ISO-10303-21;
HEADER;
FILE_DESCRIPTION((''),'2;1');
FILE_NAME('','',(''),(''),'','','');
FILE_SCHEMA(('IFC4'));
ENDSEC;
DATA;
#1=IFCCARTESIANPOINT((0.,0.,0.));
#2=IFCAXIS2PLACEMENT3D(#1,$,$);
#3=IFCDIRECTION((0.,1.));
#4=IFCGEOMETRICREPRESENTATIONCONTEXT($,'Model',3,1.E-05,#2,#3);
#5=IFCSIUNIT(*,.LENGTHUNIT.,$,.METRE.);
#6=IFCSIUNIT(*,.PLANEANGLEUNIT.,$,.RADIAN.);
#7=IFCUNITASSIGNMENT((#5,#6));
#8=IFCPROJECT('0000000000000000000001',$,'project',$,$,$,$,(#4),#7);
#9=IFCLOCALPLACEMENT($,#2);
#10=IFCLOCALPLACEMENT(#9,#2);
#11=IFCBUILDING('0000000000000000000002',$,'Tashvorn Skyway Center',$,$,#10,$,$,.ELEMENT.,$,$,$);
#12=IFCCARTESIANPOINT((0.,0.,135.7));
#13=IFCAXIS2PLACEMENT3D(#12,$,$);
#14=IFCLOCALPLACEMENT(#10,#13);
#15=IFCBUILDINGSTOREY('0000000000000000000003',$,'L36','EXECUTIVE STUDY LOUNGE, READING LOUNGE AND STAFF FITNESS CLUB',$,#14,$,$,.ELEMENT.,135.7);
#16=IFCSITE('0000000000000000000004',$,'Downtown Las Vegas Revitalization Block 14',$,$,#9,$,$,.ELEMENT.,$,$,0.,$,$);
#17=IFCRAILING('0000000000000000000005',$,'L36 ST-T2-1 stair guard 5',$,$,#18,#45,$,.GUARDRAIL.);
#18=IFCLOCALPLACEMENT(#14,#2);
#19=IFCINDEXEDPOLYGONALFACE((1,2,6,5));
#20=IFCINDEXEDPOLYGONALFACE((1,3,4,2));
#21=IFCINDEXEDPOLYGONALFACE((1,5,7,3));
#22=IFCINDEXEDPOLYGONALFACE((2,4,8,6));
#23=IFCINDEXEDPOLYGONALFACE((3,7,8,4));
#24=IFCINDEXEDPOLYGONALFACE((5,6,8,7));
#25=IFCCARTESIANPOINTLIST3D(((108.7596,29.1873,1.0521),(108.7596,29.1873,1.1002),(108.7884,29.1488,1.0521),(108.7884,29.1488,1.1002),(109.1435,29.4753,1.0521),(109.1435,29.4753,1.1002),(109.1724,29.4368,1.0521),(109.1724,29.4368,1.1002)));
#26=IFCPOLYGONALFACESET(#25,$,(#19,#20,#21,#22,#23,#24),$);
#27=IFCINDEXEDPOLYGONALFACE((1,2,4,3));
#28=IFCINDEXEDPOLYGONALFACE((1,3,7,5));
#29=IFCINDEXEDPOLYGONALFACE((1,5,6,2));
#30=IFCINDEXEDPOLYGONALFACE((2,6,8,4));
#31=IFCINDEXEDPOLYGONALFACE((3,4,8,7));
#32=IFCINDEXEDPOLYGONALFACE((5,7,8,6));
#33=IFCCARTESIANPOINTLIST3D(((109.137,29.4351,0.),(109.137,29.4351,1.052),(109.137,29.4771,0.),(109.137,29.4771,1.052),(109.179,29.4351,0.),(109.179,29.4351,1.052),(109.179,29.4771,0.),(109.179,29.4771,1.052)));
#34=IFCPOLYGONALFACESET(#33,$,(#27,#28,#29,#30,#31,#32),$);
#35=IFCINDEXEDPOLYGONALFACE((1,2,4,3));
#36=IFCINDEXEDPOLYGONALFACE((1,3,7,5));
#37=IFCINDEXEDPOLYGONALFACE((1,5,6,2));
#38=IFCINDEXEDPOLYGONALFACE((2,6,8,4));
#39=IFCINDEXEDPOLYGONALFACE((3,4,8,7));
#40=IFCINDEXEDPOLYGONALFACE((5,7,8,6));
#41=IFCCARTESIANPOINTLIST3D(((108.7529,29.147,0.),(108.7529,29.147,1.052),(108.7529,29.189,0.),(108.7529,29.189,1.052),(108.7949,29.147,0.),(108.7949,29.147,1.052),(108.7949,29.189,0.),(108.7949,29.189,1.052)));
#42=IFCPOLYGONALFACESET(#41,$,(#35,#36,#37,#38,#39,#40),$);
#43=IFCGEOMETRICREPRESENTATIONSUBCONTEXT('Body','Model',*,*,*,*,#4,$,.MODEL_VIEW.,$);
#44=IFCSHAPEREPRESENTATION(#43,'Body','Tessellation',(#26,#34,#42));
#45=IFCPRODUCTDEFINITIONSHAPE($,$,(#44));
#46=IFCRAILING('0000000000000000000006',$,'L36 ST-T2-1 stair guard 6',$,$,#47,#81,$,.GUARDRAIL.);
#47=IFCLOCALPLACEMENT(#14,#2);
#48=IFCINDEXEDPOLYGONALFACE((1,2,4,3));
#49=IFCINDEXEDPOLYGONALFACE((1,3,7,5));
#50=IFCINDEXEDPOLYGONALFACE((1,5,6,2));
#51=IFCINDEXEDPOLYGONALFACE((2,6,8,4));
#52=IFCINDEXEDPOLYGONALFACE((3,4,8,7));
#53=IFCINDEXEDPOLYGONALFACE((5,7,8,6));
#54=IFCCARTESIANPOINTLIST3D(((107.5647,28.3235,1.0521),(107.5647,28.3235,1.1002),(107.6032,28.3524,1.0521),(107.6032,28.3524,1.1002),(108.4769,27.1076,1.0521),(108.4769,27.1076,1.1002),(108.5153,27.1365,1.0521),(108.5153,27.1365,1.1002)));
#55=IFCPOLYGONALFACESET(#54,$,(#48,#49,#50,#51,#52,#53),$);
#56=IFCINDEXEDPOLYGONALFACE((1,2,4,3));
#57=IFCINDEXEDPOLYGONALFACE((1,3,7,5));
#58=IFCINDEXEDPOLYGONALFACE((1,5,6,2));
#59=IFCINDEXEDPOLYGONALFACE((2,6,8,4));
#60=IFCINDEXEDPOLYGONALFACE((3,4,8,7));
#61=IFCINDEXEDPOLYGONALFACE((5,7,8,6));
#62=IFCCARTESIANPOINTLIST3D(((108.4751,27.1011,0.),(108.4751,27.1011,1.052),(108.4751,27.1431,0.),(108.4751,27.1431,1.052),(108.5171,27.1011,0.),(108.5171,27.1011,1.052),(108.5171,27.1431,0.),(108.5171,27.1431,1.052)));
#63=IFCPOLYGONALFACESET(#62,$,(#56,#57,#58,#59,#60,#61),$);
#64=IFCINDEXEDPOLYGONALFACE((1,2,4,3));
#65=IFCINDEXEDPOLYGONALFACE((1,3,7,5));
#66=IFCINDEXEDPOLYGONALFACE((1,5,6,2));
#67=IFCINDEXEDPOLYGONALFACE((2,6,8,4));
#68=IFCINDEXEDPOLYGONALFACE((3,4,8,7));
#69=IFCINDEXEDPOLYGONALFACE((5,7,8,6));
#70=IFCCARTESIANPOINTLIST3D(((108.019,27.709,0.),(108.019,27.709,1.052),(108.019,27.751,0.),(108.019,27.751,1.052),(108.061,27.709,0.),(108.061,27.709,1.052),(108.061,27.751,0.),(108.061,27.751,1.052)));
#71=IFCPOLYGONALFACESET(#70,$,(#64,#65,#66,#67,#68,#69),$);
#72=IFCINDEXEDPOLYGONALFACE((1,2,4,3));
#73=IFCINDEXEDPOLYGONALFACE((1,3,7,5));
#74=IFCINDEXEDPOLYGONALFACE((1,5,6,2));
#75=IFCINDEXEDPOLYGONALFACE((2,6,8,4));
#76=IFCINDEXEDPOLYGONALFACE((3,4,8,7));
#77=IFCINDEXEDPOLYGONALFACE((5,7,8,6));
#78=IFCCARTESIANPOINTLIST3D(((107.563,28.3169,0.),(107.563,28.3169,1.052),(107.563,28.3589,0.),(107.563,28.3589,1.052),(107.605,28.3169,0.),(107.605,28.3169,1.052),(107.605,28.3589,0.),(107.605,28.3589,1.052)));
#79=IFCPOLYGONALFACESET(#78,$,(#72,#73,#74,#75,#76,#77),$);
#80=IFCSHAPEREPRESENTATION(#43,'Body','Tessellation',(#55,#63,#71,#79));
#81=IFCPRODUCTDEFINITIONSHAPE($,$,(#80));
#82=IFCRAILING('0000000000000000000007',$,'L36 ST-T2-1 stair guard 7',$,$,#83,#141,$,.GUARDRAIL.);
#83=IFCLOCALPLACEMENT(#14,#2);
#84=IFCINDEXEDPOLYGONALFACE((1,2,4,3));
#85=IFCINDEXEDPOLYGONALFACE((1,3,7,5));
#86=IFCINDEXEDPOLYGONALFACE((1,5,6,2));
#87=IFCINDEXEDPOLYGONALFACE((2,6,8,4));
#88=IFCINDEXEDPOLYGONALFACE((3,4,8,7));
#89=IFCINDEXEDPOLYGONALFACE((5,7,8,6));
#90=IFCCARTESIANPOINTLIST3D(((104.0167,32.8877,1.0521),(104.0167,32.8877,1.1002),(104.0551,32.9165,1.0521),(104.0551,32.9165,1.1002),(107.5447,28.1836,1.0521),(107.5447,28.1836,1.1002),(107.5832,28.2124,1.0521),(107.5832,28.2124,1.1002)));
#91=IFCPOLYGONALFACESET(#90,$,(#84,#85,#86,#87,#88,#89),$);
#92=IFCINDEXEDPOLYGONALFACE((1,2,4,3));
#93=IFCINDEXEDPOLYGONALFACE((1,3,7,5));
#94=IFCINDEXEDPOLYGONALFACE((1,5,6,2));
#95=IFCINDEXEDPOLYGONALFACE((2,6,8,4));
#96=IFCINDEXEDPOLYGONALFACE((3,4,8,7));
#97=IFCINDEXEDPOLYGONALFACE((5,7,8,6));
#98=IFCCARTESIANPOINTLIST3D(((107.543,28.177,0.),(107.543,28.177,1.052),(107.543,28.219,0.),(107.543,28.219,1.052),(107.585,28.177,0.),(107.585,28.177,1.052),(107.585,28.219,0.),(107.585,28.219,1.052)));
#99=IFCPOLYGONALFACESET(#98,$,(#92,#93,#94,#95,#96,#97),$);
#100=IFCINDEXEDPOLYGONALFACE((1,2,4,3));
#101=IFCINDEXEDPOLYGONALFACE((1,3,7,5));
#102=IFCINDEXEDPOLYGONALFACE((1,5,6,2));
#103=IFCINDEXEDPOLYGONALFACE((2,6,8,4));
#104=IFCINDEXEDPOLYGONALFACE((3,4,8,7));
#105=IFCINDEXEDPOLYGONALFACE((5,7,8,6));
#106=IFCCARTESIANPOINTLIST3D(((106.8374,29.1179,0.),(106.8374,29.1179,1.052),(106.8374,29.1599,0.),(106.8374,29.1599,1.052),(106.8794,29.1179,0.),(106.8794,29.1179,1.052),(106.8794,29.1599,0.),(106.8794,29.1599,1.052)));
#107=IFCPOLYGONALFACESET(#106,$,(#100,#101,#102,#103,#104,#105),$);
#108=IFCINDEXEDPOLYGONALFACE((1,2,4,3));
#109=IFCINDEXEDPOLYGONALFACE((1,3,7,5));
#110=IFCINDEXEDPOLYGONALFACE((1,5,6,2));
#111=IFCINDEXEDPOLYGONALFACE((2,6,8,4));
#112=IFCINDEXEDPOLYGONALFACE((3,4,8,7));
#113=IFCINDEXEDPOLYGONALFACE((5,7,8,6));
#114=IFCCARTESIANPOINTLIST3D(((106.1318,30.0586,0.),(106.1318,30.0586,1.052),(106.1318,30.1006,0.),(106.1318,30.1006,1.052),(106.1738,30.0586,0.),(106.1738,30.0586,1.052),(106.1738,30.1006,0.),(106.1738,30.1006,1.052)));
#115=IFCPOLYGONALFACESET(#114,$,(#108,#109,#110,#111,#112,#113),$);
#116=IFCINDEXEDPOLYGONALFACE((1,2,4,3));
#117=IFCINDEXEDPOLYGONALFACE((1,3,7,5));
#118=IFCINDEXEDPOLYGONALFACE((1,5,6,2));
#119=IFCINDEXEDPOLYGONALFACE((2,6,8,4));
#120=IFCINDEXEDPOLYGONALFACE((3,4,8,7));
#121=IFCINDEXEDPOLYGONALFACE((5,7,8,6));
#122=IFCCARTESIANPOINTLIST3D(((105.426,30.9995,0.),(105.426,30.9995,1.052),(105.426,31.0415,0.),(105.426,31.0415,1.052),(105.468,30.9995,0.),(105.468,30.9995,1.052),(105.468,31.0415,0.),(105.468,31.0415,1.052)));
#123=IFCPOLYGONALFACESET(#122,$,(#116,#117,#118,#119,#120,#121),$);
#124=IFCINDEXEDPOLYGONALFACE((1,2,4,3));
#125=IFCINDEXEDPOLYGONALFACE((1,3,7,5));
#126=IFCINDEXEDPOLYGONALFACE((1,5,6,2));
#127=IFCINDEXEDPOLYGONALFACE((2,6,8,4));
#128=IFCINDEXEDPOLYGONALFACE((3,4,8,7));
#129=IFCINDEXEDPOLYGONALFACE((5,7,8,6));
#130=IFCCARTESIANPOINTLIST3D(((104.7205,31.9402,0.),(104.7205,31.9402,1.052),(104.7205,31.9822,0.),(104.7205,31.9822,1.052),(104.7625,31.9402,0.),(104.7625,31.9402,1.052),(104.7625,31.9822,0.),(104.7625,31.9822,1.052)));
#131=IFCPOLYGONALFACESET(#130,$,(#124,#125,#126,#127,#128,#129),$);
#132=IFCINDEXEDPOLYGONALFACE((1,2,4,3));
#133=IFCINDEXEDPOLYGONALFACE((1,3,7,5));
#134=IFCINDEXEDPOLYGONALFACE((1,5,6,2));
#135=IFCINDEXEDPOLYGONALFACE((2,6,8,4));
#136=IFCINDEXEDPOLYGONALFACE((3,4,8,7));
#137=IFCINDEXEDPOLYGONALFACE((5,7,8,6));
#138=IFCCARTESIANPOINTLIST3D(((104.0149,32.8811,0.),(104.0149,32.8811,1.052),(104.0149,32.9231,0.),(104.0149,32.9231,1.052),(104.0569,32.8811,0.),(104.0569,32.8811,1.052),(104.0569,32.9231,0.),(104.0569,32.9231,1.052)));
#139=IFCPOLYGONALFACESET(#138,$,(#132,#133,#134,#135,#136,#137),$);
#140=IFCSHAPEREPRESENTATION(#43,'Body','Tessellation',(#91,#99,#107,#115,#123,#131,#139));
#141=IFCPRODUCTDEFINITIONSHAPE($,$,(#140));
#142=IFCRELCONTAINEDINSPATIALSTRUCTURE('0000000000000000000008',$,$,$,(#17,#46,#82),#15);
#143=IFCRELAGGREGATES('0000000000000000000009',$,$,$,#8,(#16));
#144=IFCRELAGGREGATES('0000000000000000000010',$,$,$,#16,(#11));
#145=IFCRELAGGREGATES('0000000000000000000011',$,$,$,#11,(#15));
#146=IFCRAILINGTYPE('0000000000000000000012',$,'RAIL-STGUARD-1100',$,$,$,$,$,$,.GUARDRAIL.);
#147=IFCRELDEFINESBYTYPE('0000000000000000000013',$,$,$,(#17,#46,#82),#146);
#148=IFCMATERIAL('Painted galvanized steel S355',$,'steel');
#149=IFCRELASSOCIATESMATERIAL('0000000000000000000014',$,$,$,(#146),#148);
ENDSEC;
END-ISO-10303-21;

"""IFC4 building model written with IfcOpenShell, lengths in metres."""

from ifc_helpers import new_model, si_unit, direction, frame, origin, origin_2d, place, context, subcontext, project, spatial, rectangle, extrude, material, type_object, element, save


model = new_model("IFC4")

# Units and contexts
model_context = context("Model", 3, precision=1e-05, world=origin(), true_north=direction((0.0, 1.0)))
body_context = subcontext(model_context, "Body", "Model", "MODEL_VIEW")
ifc_project = project(units=[si_unit("LENGTHUNIT", "METRE"), si_unit("PLANEANGLEUNIT", "RADIAN")], contexts=[model_context])

# Site, building, storey
site_placement = place(None, origin())
site = spatial("IfcSite", under=ifc_project, at=site_placement, Name="Downtown Las Vegas Revitalization Block 14", CompositionType="ELEMENT", RefElevation=0.0)
building_placement = place(site_placement, origin())
building = spatial("IfcBuilding", under=site, at=building_placement, Name="Tashvorn Skyway Center", CompositionType="ELEMENT")
storey_placement = place(building_placement, frame((0.0, 0.0, 135.7)))
storey = spatial("IfcBuildingStorey", under=building, at=storey_placement, Name="L36", Description="EXECUTIVE STUDY LOUNGE, READING LOUNGE AND STAFF FITNESS CLUB", CompositionType="ELEMENT", Elevation=135.7)

# Railings
ifc_material_1 = material(Name="Painted galvanized steel S355", Category="steel")
railing_type = type_object("IfcRailingType", Name="RAIL-STGUARD-1100", PredefinedType="GUARDRAIL", material=ifc_material_1)
railing_1_placement = place(storey_placement, frame((109.158, 29.4561, 0.0)))
element("IfcRailing", 1, at=railing_1_placement, inside=storey, type_object=railing_type, Name="L36 ST-T2-1 stair guard 5", PredefinedType="GUARDRAIL", context=body_context, shape_type="SweptSolid", body=[
    extrude(rectangle(XDim=0.0481, YDim=0.0481, at=origin_2d()), frame((0.0, 0.0, 1.0762), z_axis=(-0.799939, -0.600081, 0.0), x_axis=(0.600081, -0.799939, 0.0)), (0.0, 0.0, 1.0), 0.48),
    extrude(rectangle(XDim=0.042, YDim=0.042, at=origin_2d()), origin(), (0.0, 0.0, 1.0), 1.052),
    extrude(rectangle(XDim=0.042, YDim=0.042, at=origin_2d()), frame((-0.384, -0.2881, 0.0)), (0.0, 0.0, 1.0), 1.052),
])
railing_2_placement = place(storey_placement, frame((108.4961, 27.1221, 0.0)))
element("IfcRailing", 2, at=railing_2_placement, inside=storey, type_object=railing_type, Name="L36 ST-T2-1 stair guard 6", PredefinedType="GUARDRAIL", context=body_context, shape_type="SweptSolid", body=[
    extrude(rectangle(XDim=0.0481, YDim=0.0481, at=origin_2d()), frame((0.0, 0.0, 1.0762), z_axis=(-0.600103, 0.799923, 0.0), x_axis=(-0.799923, -0.600103, 0.0)), (0.0, 0.0, 1.0), 1.52),
    extrude(rectangle(XDim=0.042, YDim=0.042, at=origin_2d()), origin(), (0.0, 0.0, 1.0), 1.052),
    extrude(rectangle(XDim=0.042, YDim=0.042, at=origin_2d()), frame((-0.4561, 0.6079, 0.0)), (0.0, 0.0, 1.0), 1.052),
    extrude(rectangle(XDim=0.042, YDim=0.042, at=origin_2d()), frame((-0.9121, 1.2158, 0.0)), (0.0, 0.0, 1.0), 1.052),
])
railing_3_placement = place(storey_placement, frame((107.564, 28.198, 0.0)))
element("IfcRailing", 3, at=railing_3_placement, inside=storey, type_object=railing_type, Name="L36 ST-T2-1 stair guard 7", PredefinedType="GUARDRAIL", context=body_context, shape_type="SweptSolid", body=[
    extrude(rectangle(XDim=0.0481, YDim=0.0481, at=origin_2d()), frame((0.0, 0.0, 1.0762), z_axis=(-0.6, 0.8, 0.0), x_axis=(-0.8, -0.6, 0.0)), (0.0, 0.0, 1.0), 5.8801),
    extrude(rectangle(XDim=0.042, YDim=0.042, at=origin_2d()), origin(), (0.0, 0.0, 1.0), 1.052),
    extrude(rectangle(XDim=0.042, YDim=0.042, at=origin_2d()), frame((-0.7056, 0.9409, 0.0)), (0.0, 0.0, 1.0), 1.052),
    extrude(rectangle(XDim=0.042, YDim=0.042, at=origin_2d()), frame((-1.4111, 1.8816, 0.0)), (0.0, 0.0, 1.0), 1.052),
    extrude(rectangle(XDim=0.042, YDim=0.042, at=origin_2d()), frame((-2.1169, 2.8225, 0.0)), (0.0, 0.0, 1.0), 1.052),
    extrude(rectangle(XDim=0.042, YDim=0.042, at=origin_2d()), frame((-2.8225, 3.7632, 0.0)), (0.0, 0.0, 1.0), 1.052),
    extrude(rectangle(XDim=0.042, YDim=0.042, at=origin_2d()), frame((-3.5281, 4.7041, 0.0)), (0.0, 0.0, 1.0), 1.052),
])

save(model, "model.ifc")
